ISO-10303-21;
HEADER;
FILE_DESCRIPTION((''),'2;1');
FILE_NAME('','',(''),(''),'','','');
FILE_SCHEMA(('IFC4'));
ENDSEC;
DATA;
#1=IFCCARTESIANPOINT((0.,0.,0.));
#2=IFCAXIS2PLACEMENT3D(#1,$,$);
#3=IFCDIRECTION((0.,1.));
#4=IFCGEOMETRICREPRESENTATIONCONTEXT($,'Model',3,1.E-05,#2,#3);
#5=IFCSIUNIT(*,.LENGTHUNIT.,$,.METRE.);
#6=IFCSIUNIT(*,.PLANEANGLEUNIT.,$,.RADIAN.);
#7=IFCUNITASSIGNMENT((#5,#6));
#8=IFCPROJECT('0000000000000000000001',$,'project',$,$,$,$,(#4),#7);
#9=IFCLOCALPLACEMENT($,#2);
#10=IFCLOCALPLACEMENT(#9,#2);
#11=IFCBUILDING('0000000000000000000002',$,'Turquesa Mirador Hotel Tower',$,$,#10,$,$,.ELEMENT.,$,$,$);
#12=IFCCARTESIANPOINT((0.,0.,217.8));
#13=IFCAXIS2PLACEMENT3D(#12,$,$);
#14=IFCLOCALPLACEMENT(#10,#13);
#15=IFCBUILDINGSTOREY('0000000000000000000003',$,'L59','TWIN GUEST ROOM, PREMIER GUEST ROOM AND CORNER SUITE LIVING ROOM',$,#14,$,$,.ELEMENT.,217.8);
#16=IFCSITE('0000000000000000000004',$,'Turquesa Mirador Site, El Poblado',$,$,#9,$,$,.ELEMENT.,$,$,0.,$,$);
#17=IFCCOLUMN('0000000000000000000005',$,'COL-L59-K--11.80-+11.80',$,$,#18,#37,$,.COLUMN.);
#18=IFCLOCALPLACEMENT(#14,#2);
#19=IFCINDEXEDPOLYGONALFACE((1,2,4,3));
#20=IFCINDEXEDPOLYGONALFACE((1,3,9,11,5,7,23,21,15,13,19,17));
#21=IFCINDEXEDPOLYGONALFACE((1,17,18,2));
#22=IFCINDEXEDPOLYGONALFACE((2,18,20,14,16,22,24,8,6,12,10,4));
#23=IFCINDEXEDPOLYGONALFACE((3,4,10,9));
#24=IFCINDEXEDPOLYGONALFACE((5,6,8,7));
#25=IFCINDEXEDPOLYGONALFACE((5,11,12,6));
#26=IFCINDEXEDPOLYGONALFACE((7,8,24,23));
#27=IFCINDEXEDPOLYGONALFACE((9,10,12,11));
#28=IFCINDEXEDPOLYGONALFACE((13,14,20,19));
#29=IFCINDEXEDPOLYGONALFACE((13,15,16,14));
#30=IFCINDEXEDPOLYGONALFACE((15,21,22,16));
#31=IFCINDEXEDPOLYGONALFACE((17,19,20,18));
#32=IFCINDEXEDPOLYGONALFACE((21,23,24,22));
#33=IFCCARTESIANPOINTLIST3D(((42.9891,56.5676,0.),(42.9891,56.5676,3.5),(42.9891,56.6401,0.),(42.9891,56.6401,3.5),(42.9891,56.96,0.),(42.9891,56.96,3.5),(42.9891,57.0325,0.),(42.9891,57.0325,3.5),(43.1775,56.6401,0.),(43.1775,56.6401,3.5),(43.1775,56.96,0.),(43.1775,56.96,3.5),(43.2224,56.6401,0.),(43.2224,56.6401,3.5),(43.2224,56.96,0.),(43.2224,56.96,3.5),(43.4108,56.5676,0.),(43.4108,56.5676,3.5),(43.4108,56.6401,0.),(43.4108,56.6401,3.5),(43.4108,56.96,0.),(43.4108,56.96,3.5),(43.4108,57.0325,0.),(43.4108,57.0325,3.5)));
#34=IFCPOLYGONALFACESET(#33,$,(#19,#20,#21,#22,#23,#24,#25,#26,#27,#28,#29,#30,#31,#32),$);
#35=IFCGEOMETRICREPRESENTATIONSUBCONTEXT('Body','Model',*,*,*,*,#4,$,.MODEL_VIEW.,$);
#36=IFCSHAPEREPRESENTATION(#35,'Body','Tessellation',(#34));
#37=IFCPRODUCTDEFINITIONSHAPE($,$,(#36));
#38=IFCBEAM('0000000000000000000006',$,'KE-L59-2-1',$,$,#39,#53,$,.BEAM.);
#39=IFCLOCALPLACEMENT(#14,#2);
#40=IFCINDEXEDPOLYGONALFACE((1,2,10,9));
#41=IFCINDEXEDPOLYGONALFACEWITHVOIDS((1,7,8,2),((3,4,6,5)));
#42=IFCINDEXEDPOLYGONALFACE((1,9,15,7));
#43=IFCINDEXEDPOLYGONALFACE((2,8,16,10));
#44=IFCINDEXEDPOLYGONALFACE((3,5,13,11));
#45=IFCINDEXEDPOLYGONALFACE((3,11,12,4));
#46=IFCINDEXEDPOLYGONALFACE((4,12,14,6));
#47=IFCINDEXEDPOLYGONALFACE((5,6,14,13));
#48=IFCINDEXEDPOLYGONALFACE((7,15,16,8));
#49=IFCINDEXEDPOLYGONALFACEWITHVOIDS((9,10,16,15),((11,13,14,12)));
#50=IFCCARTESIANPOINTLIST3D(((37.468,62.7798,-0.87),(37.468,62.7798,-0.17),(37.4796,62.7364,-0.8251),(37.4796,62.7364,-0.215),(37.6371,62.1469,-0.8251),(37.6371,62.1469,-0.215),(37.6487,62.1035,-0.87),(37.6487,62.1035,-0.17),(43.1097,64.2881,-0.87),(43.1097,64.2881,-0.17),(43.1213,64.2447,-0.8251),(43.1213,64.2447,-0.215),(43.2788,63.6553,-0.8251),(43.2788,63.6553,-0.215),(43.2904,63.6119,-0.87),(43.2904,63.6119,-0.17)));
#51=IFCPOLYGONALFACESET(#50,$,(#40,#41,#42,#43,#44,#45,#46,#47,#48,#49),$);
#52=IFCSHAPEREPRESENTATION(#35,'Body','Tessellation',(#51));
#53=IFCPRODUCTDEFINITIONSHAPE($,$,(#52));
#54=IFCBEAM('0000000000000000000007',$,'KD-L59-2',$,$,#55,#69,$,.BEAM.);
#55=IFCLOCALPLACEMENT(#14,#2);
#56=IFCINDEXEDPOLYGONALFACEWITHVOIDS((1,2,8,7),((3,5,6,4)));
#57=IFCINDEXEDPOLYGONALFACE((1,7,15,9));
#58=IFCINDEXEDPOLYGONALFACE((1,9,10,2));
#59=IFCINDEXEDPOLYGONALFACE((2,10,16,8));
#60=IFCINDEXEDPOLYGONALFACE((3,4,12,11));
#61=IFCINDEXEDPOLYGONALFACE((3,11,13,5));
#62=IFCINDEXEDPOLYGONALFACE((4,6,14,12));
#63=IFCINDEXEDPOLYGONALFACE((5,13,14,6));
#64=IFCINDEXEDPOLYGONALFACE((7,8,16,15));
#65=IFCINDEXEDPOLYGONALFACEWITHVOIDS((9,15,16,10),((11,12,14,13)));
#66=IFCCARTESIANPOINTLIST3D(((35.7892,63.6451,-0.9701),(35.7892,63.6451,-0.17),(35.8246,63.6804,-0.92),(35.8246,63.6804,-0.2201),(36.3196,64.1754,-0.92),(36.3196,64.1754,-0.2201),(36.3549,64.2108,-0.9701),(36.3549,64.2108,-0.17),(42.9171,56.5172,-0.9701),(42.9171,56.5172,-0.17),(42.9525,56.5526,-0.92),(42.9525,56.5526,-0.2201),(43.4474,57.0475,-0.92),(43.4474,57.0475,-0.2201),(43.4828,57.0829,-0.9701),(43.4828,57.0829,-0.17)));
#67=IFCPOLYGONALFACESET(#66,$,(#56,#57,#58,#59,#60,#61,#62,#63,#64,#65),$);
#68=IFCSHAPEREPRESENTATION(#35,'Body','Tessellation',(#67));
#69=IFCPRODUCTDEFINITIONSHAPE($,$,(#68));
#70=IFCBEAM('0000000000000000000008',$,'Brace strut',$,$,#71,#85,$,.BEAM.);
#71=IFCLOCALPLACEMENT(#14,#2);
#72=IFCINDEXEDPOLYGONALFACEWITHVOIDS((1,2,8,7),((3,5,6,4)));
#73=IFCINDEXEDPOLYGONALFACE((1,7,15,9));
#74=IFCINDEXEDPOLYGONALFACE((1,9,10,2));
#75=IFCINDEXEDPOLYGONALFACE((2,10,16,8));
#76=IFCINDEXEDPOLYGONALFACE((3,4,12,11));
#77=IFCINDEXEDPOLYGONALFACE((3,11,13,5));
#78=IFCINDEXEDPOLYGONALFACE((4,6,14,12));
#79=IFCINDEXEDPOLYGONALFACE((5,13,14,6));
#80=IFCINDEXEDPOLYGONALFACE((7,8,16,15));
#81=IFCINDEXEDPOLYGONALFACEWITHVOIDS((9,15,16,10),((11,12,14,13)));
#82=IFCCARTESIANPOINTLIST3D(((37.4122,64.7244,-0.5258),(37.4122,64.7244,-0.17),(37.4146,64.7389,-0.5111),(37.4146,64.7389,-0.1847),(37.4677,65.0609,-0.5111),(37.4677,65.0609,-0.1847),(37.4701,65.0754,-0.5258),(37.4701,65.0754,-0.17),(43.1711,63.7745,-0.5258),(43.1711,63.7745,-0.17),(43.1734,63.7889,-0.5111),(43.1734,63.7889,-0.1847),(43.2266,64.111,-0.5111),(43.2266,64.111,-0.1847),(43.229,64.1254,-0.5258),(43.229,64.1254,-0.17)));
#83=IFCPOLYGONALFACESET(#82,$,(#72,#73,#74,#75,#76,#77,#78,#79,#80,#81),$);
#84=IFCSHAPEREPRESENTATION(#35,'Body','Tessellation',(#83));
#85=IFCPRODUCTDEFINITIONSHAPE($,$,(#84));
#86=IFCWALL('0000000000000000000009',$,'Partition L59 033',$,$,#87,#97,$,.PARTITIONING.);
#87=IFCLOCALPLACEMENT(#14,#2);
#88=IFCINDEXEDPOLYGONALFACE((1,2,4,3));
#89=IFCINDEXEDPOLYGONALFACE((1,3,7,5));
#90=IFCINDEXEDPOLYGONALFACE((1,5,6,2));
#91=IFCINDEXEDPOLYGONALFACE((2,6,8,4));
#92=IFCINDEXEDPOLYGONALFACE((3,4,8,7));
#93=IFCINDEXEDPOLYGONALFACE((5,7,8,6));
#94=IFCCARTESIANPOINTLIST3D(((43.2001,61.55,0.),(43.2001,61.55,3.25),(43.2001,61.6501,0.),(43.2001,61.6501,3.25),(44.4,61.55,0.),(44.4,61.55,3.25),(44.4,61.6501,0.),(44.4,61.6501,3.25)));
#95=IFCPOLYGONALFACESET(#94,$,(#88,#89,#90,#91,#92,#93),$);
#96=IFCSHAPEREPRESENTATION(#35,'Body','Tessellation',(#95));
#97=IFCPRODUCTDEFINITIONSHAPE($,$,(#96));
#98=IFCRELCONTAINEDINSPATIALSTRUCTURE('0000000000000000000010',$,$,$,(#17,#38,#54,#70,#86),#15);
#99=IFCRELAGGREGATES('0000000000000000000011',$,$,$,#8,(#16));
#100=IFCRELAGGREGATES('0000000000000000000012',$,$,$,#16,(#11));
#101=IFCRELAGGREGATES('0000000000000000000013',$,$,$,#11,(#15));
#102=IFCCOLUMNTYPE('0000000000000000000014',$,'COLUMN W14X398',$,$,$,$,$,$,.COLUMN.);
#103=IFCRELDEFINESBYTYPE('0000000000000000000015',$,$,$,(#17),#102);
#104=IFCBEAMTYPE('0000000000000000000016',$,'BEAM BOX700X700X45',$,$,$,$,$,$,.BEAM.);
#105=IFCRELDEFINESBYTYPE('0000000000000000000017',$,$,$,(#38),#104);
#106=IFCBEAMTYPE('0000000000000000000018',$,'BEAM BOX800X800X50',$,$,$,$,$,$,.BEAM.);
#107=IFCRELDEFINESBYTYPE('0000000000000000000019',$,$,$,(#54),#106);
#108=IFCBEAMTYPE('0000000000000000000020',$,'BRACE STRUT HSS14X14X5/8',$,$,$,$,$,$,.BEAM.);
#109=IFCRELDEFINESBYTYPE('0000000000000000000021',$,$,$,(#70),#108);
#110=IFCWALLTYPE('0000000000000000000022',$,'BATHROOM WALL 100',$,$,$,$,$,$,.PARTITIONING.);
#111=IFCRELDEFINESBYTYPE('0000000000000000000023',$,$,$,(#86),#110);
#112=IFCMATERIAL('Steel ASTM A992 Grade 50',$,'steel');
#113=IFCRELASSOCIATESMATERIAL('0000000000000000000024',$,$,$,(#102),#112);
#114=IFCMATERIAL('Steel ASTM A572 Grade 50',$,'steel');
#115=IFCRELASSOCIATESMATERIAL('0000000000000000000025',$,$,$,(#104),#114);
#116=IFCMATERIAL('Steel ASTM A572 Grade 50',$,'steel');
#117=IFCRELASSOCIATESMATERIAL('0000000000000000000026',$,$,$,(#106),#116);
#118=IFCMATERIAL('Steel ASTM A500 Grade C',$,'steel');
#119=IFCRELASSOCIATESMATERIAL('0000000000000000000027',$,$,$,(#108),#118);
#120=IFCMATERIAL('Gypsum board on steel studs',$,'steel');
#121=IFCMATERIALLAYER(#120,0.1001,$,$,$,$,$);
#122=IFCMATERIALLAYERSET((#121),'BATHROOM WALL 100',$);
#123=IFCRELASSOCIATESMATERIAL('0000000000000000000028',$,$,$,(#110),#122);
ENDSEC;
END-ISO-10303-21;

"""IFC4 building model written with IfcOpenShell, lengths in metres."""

from ifc_helpers import new_model, si_unit, direction, frame, frame_2d, origin, origin_2d, place, context, subcontext, project, spatial, rectangle, hollow_rectangle, i_section, extrude, material, layer, layer_set, material_profile, profile_set, type_object, element, save


model = new_model("IFC4")

# Units and contexts
model_context = context("Model", 3, precision=1e-05, world=origin(), true_north=direction((0.0, 1.0)))
body_context = subcontext(model_context, "Body", "Model", "MODEL_VIEW")
ifc_project = project(units=[si_unit("LENGTHUNIT", "METRE"), si_unit("PLANEANGLEUNIT", "RADIAN")], contexts=[model_context])

# Site, building, storey
site_placement = place(None, origin())
site = spatial("IfcSite", under=ifc_project, at=site_placement, Name="Turquesa Mirador Site, El Poblado", CompositionType="ELEMENT", RefElevation=0.0)
building_placement = place(site_placement, origin())
building = spatial("IfcBuilding", under=site, at=building_placement, Name="Turquesa Mirador Hotel Tower", CompositionType="ELEMENT")
storey_placement = place(building_placement, frame((0.0, 0.0, 217.8)))
storey = spatial("IfcBuildingStorey", under=building, at=storey_placement, Name="L59", Description="TWIN GUEST ROOM, PREMIER GUEST ROOM AND CORNER SUITE LIVING ROOM", CompositionType="ELEMENT", Elevation=217.8)

# Column
ifc_material_1 = material(Name="Steel ASTM A992 Grade 50", Category="steel")
ifc_material_profile_1 = material_profile(ifc_material_1, i_section(OverallWidth=0.4216, OverallDepth=0.4648, WebThickness=0.0449, FlangeThickness=0.0725, at=origin_2d()), Name="W14X398")
ifc_profile_set_1 = profile_set([ifc_material_profile_1], Name="Steel ASTM A992 Grade 50")
column_type = type_object("IfcColumnType", Name="COLUMN W14X398", PredefinedType="COLUMN", material=ifc_profile_set_1)
column_placement = place(storey_placement, frame((43.2, 56.8, 0.0), z_axis=(0.0, 0.0, 1.0), x_axis=(1.0, 0.0, 0.0)))
element("IfcColumn", 1, at=column_placement, inside=storey, type_object=column_type, Name="COL-L59-K--11.80-+11.80", PredefinedType="COLUMN", context=body_context, shape_type="SweptSolid", body=[
    extrude(i_section(OverallWidth=0.4216, OverallDepth=0.4648, WebThickness=0.0449, FlangeThickness=0.0725, at=origin_2d()), origin(), (0.0, 0.0, 1.0), 3.5),
])

# Beams
ifc_material_2 = material(Name="Steel ASTM A572 Grade 50", Category="steel")
ifc_material_profile_2 = material_profile(ifc_material_2, hollow_rectangle(XDim=0.7, YDim=0.7, WallThickness=0.0449, at=origin_2d()), Name="BOX700X700X45")
ifc_profile_set_2 = profile_set([ifc_material_profile_2], Name="Steel ASTM A572 Grade 50")
beam_type_1 = type_object("IfcBeamType", Name="BEAM BOX700X700X45", PredefinedType="BEAM", material=ifc_profile_set_2)
beam_1_placement = place(storey_placement, frame((37.5583, 62.4417, -0.52), z_axis=(0.96607, 0.258282, 0.0), x_axis=(-0.258282, 0.96607, 0.0)))
element("IfcBeam", 2, at=beam_1_placement, inside=storey, type_object=beam_type_1, Name="KE-L59-2-1", PredefinedType="BEAM", context=body_context, shape_type="SweptSolid", body=[
    extrude(hollow_rectangle(XDim=0.7, YDim=0.7, WallThickness=0.0449, at=origin_2d()), origin(), (0.0, 0.0, 1.0), 5.8398),
])
ifc_material_3 = material(Name="Steel ASTM A572 Grade 50", Category="steel")
ifc_material_profile_3 = material_profile(ifc_material_3, hollow_rectangle(XDim=0.8, YDim=0.8, WallThickness=0.05, at=origin_2d()), Name="BOX800X800X50")
ifc_profile_set_3 = profile_set([ifc_material_profile_3], Name="Steel ASTM A572 Grade 50")
beam_type_2 = type_object("IfcBeamType", Name="BEAM BOX800X800X50", PredefinedType="BEAM", material=ifc_profile_set_3)
beam_2_placement = place(storey_placement, frame((43.2, 56.8, -0.5701), z_axis=(-0.707107, 0.707107, 0.0), x_axis=(-0.707107, -0.707107, 0.0)))
element("IfcBeam", 3, at=beam_2_placement, inside=storey, type_object=beam_type_2, Name="KD-L59-2", PredefinedType="BEAM", context=body_context, shape_type="SweptSolid", body=[
    extrude(hollow_rectangle(XDim=0.8, YDim=0.8, WallThickness=0.05, at=origin_2d()), origin(), (0.0, 0.0, 1.0), 10.0803),
])
ifc_material_4 = material(Name="Steel ASTM A500 Grade C", Category="steel")
ifc_material_profile_4 = material_profile(ifc_material_4, hollow_rectangle(XDim=0.3557, YDim=0.3557, WallThickness=0.0146, at=origin_2d()), Name="HSS14X14X5/8")
ifc_profile_set_4 = profile_set([ifc_material_profile_4], Name="Steel ASTM A500 Grade C")
beam_type_3 = type_object("IfcBeamType", Name="BRACE STRUT HSS14X14X5/8", PredefinedType="BEAM", material=ifc_profile_set_4)
beam_3_placement = place(storey_placement, frame((37.4412, 64.8999, -0.3479), z_axis=(0.986666, -0.162757, 0.0), x_axis=(0.162757, 0.986666, 0.0)))
element("IfcBeam", 4, at=beam_3_placement, inside=storey, type_object=beam_type_3, Name="Brace strut", PredefinedType="BEAM", context=body_context, shape_type="SweptSolid", body=[
    extrude(hollow_rectangle(XDim=0.3557, YDim=0.3557, WallThickness=0.0146, at=origin_2d()), origin(), (0.0, 0.0, 1.0), 5.8367),
])

# Wall
ifc_material_5 = material(Name="Gypsum board on steel studs", Category="steel")
ifc_layer_1 = layer(ifc_material_5, 0.1001)
ifc_layer_set_1 = layer_set([ifc_layer_1], Name="BATHROOM WALL 100")
wall_type_1 = type_object("IfcWallType", Name="BATHROOM WALL 100", PredefinedType="PARTITIONING", material=ifc_layer_set_1)
wall_1_placement = place(storey_placement, frame((43.2, 61.6001, 0.0), z_axis=(0.0, 0.0, 1.0), x_axis=(1.0, 0.0, 0.0)))
element("IfcWall", 5, at=wall_1_placement, inside=storey, type_object=wall_type_1, Name="Partition L59 033", PredefinedType="PARTITIONING", context=body_context, shape_type="SweptSolid", body=[
    extrude(rectangle(XDim=1.2, YDim=0.1001, at=frame_2d((0.6001, 0.0))), origin(), (0.0, 0.0, 1.0), 3.25),
])

save(model, "model.ifc")
